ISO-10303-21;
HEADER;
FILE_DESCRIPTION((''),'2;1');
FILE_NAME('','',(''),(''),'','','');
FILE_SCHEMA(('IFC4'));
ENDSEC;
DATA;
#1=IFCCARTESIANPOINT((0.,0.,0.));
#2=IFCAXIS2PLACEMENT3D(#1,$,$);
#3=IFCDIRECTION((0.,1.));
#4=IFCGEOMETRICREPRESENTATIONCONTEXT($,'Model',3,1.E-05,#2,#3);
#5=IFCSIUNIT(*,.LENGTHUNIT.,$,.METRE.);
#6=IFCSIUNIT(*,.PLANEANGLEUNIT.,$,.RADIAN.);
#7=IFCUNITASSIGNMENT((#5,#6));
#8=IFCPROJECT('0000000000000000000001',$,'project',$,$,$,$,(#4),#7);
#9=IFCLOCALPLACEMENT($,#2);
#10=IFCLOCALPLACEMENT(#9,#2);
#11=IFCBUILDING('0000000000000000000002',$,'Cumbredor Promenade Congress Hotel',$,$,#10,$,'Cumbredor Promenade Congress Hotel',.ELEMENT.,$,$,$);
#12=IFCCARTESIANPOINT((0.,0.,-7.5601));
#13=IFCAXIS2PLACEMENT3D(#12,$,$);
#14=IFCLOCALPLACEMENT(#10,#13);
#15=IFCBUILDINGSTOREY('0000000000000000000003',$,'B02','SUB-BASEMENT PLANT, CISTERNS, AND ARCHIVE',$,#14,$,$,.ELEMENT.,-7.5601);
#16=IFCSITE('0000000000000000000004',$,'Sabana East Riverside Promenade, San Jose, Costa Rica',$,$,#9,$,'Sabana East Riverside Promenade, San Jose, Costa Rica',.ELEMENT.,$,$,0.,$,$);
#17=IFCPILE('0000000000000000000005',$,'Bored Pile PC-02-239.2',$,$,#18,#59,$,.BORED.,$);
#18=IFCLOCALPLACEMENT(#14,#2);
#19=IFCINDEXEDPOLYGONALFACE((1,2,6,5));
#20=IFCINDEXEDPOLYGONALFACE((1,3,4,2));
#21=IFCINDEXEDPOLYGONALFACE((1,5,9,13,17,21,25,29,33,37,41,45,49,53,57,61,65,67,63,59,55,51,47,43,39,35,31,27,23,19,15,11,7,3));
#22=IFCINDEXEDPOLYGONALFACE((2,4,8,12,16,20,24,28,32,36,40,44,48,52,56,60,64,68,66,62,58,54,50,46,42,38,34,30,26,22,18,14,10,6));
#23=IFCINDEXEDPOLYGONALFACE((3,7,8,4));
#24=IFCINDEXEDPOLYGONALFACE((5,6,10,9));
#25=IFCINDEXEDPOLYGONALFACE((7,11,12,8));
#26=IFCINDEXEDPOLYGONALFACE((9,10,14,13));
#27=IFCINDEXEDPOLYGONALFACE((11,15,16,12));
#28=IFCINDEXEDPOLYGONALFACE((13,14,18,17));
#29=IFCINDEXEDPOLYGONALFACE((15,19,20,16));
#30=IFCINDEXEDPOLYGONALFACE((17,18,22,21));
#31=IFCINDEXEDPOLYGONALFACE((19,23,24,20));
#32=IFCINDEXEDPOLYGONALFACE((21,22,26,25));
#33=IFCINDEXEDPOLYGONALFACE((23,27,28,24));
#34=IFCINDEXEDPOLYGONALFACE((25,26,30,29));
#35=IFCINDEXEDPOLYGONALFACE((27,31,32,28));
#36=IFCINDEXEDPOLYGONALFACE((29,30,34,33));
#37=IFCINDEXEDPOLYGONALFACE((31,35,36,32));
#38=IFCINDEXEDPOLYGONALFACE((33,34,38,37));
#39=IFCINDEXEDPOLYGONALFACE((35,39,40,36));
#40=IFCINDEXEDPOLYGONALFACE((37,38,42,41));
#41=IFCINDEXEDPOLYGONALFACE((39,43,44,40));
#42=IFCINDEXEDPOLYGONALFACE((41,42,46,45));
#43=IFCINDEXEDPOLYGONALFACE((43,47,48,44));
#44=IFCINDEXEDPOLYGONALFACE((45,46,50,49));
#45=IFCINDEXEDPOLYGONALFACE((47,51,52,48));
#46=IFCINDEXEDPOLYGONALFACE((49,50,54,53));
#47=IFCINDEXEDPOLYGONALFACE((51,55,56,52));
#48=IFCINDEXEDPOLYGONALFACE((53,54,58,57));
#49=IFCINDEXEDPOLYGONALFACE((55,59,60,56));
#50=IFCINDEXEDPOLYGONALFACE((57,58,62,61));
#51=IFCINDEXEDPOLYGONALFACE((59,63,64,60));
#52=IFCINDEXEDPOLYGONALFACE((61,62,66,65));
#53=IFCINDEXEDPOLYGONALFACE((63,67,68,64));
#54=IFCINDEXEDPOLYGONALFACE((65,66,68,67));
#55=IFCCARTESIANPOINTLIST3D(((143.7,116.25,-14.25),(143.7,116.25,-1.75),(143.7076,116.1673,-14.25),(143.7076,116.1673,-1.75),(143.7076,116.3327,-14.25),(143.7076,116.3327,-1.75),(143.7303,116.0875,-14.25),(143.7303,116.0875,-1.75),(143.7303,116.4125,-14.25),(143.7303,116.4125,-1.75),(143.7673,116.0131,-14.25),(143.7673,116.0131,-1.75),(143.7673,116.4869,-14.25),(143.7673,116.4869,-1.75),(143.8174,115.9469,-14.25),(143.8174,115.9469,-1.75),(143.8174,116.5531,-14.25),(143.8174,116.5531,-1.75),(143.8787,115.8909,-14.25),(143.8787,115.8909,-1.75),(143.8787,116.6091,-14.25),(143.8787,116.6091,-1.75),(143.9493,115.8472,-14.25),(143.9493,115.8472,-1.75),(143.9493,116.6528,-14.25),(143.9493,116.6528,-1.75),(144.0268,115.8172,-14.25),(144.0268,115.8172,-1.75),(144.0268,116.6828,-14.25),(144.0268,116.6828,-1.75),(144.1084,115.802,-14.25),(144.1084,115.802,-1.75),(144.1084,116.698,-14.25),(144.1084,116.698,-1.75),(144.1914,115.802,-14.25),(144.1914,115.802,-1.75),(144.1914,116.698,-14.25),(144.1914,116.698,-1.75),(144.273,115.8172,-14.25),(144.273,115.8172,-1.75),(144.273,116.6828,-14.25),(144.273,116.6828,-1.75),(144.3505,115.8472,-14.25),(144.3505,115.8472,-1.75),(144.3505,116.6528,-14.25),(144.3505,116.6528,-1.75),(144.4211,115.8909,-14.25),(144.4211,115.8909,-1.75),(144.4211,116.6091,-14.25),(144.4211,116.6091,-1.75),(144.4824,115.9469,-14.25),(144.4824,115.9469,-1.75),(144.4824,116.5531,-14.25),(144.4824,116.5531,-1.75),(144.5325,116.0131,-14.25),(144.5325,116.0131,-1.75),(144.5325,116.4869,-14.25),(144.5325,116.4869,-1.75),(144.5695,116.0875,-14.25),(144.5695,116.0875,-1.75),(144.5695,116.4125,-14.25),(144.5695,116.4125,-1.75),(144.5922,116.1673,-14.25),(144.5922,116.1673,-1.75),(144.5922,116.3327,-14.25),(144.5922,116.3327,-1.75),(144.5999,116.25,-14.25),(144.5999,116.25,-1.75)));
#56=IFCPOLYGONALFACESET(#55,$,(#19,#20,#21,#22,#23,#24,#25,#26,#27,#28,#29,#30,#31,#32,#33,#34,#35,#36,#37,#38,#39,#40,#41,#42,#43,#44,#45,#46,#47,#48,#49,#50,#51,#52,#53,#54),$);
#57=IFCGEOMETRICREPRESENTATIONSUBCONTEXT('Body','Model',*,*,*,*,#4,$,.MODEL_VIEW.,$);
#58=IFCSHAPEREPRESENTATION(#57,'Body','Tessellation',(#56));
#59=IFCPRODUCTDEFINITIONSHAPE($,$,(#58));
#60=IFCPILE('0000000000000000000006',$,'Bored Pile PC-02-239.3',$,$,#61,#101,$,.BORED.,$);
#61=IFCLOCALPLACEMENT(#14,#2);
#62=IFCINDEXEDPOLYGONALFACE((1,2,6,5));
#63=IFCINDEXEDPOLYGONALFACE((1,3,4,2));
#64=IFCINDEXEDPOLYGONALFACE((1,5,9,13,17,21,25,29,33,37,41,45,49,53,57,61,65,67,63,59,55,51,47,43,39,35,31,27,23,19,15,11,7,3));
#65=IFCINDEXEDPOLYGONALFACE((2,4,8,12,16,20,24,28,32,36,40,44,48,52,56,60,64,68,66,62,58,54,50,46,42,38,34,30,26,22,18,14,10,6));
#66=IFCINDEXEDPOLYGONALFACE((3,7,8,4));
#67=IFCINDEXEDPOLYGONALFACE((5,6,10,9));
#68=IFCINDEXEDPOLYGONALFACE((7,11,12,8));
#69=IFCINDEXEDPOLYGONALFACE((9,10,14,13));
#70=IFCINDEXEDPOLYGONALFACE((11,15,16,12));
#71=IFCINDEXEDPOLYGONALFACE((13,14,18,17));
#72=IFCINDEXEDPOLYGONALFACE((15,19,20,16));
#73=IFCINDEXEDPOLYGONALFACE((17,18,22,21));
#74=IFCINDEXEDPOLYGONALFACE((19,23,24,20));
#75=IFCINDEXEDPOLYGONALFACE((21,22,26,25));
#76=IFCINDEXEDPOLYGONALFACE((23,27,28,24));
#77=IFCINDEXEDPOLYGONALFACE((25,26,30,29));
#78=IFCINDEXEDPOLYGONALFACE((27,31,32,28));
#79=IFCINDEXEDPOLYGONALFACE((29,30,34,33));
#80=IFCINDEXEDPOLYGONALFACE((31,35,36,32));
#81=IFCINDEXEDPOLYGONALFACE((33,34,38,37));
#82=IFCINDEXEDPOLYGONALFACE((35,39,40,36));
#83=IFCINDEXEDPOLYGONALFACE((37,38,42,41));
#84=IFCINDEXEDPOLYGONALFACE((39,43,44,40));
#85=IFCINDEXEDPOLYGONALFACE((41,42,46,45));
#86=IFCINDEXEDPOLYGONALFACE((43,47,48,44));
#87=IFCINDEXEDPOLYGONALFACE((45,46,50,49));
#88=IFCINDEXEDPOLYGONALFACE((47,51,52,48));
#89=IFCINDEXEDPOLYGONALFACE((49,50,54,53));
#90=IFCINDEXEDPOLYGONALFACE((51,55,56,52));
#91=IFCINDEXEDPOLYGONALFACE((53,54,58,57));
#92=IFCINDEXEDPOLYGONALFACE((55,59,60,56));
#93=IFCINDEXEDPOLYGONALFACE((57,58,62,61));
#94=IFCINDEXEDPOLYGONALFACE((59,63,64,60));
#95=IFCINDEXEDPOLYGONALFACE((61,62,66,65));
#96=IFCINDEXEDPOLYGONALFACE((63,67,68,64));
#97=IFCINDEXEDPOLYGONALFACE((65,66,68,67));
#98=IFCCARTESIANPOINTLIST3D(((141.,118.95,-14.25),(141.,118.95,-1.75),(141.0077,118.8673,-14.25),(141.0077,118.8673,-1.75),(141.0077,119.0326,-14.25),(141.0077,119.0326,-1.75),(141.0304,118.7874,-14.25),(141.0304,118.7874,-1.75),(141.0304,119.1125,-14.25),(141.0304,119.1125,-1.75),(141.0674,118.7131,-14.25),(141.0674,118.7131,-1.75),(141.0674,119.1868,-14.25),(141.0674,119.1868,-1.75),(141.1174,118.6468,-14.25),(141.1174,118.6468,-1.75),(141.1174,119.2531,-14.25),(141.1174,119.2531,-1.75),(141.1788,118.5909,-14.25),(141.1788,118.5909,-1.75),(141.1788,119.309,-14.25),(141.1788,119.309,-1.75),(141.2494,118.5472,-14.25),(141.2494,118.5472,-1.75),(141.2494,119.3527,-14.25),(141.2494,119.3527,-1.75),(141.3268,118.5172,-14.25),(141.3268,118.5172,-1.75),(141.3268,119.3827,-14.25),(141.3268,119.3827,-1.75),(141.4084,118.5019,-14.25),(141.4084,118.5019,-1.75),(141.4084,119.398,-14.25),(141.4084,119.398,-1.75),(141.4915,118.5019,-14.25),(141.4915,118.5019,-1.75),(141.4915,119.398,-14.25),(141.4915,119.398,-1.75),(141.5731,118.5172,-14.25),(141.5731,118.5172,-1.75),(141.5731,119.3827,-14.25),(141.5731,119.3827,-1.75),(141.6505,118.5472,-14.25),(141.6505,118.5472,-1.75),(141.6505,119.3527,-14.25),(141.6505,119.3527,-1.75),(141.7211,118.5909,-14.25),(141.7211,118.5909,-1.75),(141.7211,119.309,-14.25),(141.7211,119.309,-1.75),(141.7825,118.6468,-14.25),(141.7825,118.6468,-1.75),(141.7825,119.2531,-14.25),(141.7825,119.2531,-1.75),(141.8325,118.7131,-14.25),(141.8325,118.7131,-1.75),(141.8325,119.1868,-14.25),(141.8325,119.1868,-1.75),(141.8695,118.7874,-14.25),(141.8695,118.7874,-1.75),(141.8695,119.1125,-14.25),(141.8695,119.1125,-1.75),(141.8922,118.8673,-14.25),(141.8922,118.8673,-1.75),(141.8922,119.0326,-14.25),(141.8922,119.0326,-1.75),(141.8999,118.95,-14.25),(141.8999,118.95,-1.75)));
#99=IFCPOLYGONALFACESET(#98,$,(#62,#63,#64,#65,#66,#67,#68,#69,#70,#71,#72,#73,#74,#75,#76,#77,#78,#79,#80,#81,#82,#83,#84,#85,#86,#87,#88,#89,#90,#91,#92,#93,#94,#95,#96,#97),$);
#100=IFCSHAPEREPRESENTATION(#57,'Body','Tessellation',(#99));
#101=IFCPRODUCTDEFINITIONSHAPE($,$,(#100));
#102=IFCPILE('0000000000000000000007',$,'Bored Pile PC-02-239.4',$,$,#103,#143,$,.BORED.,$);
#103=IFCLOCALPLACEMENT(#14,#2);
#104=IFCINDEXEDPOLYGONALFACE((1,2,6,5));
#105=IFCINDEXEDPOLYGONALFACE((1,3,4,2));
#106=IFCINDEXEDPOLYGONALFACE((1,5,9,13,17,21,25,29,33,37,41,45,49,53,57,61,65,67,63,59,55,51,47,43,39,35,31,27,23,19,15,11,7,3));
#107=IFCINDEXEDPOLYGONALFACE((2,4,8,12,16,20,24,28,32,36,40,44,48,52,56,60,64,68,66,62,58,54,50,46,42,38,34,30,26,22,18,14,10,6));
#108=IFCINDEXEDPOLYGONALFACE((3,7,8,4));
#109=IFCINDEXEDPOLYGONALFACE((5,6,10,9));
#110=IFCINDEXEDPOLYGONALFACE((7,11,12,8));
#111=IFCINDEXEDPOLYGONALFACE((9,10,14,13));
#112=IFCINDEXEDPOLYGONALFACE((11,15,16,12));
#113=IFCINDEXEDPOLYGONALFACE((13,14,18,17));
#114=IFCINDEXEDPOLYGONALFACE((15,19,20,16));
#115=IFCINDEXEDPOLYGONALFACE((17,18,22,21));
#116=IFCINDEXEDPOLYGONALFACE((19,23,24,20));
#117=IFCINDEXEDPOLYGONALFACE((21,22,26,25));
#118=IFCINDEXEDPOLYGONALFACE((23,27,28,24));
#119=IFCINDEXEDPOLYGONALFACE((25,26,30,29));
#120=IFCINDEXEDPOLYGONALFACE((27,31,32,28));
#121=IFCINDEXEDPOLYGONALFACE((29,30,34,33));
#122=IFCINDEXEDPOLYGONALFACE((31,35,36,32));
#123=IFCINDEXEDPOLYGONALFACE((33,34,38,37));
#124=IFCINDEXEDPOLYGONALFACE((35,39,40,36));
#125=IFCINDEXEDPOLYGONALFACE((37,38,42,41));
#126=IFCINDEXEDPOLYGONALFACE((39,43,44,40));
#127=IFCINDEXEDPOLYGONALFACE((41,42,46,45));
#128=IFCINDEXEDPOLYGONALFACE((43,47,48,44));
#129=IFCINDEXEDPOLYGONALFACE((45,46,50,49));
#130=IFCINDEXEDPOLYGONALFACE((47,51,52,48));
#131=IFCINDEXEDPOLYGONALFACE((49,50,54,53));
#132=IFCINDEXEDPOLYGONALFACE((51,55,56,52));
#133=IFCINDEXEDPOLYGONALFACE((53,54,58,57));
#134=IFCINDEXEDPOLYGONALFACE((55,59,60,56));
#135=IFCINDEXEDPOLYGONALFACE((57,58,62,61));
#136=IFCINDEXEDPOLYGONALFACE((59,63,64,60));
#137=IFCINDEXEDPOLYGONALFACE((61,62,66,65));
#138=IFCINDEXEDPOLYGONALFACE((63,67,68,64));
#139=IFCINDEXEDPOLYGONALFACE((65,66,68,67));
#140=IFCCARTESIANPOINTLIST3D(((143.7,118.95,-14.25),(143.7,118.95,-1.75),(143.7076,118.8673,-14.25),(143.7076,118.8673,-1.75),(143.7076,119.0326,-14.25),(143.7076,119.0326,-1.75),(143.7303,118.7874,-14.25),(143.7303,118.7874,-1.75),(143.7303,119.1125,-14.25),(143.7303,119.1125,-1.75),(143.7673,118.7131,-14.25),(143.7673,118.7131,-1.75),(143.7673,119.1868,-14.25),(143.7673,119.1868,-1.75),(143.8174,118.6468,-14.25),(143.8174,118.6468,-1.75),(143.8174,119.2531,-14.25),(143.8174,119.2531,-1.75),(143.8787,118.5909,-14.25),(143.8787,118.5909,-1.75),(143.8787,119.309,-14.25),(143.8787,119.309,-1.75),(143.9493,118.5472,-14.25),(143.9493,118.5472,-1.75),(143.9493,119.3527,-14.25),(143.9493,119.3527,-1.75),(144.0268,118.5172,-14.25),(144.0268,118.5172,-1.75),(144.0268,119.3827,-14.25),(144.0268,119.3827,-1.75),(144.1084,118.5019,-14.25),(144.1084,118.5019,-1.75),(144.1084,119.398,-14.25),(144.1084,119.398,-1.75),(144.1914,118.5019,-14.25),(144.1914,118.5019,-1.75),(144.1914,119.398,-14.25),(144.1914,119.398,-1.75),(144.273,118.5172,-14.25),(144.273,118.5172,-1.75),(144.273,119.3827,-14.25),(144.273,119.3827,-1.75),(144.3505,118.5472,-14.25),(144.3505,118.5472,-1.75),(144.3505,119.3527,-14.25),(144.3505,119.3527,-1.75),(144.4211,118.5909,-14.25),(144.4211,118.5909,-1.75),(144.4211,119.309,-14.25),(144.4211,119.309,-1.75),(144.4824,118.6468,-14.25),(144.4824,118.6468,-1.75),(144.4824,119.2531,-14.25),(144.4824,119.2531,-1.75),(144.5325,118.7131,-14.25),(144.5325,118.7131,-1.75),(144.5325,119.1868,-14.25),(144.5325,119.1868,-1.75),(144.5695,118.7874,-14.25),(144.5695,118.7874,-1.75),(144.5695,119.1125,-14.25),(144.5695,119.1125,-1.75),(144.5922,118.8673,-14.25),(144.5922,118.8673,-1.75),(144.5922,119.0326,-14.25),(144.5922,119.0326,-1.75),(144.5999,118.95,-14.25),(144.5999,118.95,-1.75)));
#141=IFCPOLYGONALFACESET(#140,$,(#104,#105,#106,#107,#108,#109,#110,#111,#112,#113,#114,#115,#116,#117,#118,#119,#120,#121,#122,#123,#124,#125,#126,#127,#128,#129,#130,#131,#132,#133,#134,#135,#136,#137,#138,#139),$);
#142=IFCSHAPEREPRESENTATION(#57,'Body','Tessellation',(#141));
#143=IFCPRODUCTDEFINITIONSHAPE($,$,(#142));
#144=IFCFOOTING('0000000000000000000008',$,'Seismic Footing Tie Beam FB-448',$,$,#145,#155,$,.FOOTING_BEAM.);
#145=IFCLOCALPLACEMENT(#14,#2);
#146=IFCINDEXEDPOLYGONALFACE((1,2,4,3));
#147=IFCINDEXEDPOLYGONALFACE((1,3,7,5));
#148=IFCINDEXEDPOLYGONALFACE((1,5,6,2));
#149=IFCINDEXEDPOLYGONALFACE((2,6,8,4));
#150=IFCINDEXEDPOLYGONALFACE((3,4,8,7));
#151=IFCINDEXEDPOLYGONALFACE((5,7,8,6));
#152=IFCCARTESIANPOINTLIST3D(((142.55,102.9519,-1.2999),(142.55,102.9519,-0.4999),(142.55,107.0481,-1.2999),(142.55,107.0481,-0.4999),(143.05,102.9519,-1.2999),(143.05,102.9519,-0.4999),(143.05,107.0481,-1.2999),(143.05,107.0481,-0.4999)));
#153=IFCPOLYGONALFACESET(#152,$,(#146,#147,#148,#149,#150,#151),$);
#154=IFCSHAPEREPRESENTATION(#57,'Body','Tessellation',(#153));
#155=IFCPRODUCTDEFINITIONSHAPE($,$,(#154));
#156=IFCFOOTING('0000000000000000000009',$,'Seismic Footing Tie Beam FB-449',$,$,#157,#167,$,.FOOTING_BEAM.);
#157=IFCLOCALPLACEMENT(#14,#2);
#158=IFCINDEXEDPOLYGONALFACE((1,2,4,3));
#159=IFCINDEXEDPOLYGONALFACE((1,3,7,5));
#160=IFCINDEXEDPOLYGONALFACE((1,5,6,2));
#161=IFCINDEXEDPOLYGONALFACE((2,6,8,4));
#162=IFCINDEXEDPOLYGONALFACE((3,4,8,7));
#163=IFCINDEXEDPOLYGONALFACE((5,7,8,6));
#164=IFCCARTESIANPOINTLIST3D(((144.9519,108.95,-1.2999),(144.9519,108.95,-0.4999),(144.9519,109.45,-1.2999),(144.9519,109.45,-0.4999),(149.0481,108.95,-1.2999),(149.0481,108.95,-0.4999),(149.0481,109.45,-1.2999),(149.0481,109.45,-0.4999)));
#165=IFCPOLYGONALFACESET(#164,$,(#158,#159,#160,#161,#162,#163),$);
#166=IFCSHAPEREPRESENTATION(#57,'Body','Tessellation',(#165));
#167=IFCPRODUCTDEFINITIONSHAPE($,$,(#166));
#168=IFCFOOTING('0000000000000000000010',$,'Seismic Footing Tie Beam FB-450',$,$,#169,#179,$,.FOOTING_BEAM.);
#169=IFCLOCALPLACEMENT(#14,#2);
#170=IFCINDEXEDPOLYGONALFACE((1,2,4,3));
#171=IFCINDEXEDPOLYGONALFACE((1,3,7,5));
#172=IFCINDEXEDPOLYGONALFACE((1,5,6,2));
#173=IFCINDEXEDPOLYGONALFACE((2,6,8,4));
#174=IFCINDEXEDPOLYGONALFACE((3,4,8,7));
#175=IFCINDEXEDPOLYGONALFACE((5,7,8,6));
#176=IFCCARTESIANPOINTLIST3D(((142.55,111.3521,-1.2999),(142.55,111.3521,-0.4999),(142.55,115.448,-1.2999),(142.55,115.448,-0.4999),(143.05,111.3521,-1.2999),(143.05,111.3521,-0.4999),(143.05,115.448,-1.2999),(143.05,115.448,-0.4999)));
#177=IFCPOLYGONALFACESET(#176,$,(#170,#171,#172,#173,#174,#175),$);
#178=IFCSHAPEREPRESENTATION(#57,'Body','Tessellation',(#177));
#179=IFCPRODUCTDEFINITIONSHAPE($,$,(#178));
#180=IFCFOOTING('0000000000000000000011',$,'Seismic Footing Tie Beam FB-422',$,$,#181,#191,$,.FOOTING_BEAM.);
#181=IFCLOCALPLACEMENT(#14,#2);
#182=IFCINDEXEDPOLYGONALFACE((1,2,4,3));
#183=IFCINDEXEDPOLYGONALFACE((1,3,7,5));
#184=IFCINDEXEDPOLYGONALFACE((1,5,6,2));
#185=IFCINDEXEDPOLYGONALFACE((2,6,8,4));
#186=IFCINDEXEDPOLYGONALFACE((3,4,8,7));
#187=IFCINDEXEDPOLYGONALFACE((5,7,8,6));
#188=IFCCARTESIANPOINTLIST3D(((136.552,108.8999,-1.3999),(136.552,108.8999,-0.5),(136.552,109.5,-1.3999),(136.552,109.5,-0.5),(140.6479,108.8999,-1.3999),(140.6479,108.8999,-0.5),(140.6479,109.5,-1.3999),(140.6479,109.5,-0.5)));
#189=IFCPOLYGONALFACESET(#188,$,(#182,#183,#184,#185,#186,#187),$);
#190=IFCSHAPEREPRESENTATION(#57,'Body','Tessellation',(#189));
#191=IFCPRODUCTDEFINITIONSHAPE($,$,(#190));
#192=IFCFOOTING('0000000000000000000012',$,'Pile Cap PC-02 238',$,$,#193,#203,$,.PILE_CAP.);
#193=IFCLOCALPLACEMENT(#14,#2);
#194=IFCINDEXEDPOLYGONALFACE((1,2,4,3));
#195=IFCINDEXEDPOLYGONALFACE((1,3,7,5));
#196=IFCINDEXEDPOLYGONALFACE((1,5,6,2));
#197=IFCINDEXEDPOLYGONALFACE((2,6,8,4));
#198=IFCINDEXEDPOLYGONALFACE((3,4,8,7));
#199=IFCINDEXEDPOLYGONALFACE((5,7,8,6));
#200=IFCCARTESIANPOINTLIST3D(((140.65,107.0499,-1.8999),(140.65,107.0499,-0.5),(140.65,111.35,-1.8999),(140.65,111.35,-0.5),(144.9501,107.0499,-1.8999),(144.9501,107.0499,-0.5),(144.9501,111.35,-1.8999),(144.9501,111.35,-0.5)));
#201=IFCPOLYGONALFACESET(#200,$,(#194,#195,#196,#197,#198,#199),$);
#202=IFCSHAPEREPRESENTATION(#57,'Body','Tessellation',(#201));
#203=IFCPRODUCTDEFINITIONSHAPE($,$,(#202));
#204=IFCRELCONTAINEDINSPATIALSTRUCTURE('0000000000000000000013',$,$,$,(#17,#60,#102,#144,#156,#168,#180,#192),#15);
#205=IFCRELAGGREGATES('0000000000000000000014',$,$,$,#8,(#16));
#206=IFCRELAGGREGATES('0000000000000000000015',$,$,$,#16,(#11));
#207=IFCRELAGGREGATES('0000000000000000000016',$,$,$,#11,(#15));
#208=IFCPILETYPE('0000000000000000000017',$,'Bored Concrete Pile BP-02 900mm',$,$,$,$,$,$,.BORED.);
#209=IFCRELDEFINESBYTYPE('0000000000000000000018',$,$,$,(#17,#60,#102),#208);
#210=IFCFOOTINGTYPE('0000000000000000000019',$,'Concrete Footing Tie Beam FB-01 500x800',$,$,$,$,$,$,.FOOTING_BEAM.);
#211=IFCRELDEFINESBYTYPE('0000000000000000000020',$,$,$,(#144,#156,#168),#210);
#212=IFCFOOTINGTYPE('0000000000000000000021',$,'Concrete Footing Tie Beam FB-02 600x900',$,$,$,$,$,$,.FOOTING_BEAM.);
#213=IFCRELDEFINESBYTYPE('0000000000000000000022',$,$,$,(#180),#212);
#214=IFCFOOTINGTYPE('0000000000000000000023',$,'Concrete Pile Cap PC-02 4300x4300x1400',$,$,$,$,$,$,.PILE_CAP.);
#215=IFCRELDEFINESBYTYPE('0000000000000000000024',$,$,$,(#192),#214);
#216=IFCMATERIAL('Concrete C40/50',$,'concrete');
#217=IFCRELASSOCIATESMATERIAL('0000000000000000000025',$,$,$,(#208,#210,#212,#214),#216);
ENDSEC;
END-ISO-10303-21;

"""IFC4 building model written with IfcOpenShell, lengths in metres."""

from ifc_helpers import new_model, si_unit, direction, frame, origin, origin_2d, place, context, subcontext, project, spatial, rectangle, circle, extrude, material, material_profile, profile_set, type_object, element, save


model = new_model("IFC4")

# Units and contexts
model_context = context("Model", 3, precision=1e-05, world=origin(), true_north=direction((0.0, 1.0)))
body_context = subcontext(model_context, "Body", "Model", "MODEL_VIEW")
ifc_project = project(units=[si_unit("LENGTHUNIT", "METRE"), si_unit("PLANEANGLEUNIT", "RADIAN")], contexts=[model_context])

# Site, building, storey
site_placement = place(None, origin())
site = spatial("IfcSite", under=ifc_project, at=site_placement, Name="Sabana East Riverside Promenade, San Jose, Costa Rica", LongName="Sabana East Riverside Promenade, San Jose, Costa Rica", CompositionType="ELEMENT", RefElevation=0.0)
building_placement = place(site_placement, origin())
building = spatial("IfcBuilding", under=site, at=building_placement, Name="Cumbredor Promenade Congress Hotel", LongName="Cumbredor Promenade Congress Hotel", CompositionType="ELEMENT")
storey_placement = place(building_placement, frame((0.0, 0.0, -7.5601)))
storey = spatial("IfcBuildingStorey", under=building, at=storey_placement, Name="B02", Description="SUB-BASEMENT PLANT, CISTERNS, AND ARCHIVE", CompositionType="ELEMENT", Elevation=-7.5601)

# Piles
ifc_material_1 = material(Name="Concrete C40/50", Category="concrete")
ifc_material_profile_1 = material_profile(ifc_material_1, circle(Radius=0.45, at=origin_2d()), Name="PILE D900")
ifc_profile_set_1 = profile_set([ifc_material_profile_1], Name="Concrete C40/50")
pile_type = type_object("IfcPileType", Name="Bored Concrete Pile BP-02 900mm", PredefinedType="BORED", material=ifc_profile_set_1)
for number, where, z_axis, x_axis, name in (
    (1, (144.1499, 116.25, -1.75), (0.0, 0.0, -1.0), (1.0, 0.0, 0.0), "Bored Pile PC-02-239.2"),
    (2, (141.45, 118.95, -1.75), (0.0, 0.0, -1.0), (1.0, 0.0, 0.0), "Bored Pile PC-02-239.3"),
    (3, (144.1499, 118.95, -1.75), (0.0, 0.0, -1.0), (1.0, 0.0, 0.0), "Bored Pile PC-02-239.4"),
):
    element("IfcPile", number, at=place(storey_placement, frame(where, z_axis=z_axis, x_axis=x_axis)), inside=storey, type_object=pile_type, Name=name, PredefinedType="BORED", context=body_context, shape_type="SweptSolid", body=[
        extrude(circle(Radius=0.45, at=origin_2d()), origin(), (0.0, 0.0, 1.0), 12.5),
    ])

# Footings
ifc_material_profile_2 = material_profile(ifc_material_1, rectangle(XDim=0.5, YDim=0.8, at=origin_2d()), Name="FB 500x800")
ifc_profile_set_2 = profile_set([ifc_material_profile_2], Name="Concrete C40/50")
footing_type_1 = type_object("IfcFootingType", Name="Concrete Footing Tie Beam FB-01 500x800", PredefinedType="FOOTING_BEAM", material=ifc_profile_set_2)
for number, where, z_axis, x_axis, name in (
    (4, (142.8, 102.9519, -0.8999), (0.0, 1.0, 0.0), (-1.0, 0.0, 0.0), "Seismic Footing Tie Beam FB-448"),
    (5, (144.9519, 109.2, -0.8999), (1.0, 0.0, 0.0), (0.0, 1.0, 0.0), "Seismic Footing Tie Beam FB-449"),
):
    element("IfcFooting", number, at=place(storey_placement, frame(where, z_axis=z_axis, x_axis=x_axis)), inside=storey, type_object=footing_type_1, Name=name, PredefinedType="FOOTING_BEAM", context=body_context, shape_type="SweptSolid", body=[
        extrude(rectangle(XDim=0.5, YDim=0.8, at=origin_2d()), origin(), (0.0, 0.0, 1.0), 4.0962),
    ])
footing_1_placement = place(storey_placement, frame((142.8, 111.3521, -0.8999), z_axis=(0.0, 1.0, 0.0), x_axis=(-1.0, 0.0, 0.0)))
element("IfcFooting", 6, at=footing_1_placement, inside=storey, type_object=footing_type_1, Name="Seismic Footing Tie Beam FB-450", PredefinedType="FOOTING_BEAM", context=body_context, shape_type="SweptSolid", body=[
    extrude(rectangle(XDim=0.5, YDim=0.8, at=origin_2d()), origin(), (0.0, 0.0, 1.0), 4.0959),
])
ifc_material_profile_3 = material_profile(ifc_material_1, rectangle(XDim=0.6001, YDim=0.8999, at=origin_2d()), Name="FB 600x900")
ifc_profile_set_3 = profile_set([ifc_material_profile_3], Name="Concrete C40/50")
footing_type_2 = type_object("IfcFootingType", Name="Concrete Footing Tie Beam FB-02 600x900", PredefinedType="FOOTING_BEAM", material=ifc_profile_set_3)
footing_2_placement = place(storey_placement, frame((136.552, 109.2, -0.95), z_axis=(1.0, 0.0, 0.0), x_axis=(0.0, 1.0, 0.0)))
element("IfcFooting", 7, at=footing_2_placement, inside=storey, type_object=footing_type_2, Name="Seismic Footing Tie Beam FB-422", PredefinedType="FOOTING_BEAM", context=body_context, shape_type="SweptSolid", body=[
    extrude(rectangle(XDim=0.6001, YDim=0.8999, at=origin_2d()), origin(), (0.0, 0.0, 1.0), 4.0959),
])
footing_type_3 = type_object("IfcFootingType", Name="Concrete Pile Cap PC-02 4300x4300x1400", PredefinedType="PILE_CAP", material=ifc_material_1)
for number, where, z_axis, x_axis, name in (
    (8, (142.8, 109.2, -1.8999), (0.0, 0.0, 1.0), (1.0, 0.0, 0.0), "Pile Cap PC-02 238"),
):
    element("IfcFooting", number, at=place(storey_placement, frame(where, z_axis=z_axis, x_axis=x_axis)), inside=storey, type_object=footing_type_3, Name=name, PredefinedType="PILE_CAP", context=body_context, shape_type="SweptSolid", body=[
        extrude(rectangle(XDim=4.3, YDim=4.3, at=origin_2d()), origin(), (0.0, 0.0, 1.0), 1.3999),
    ])

save(model, "model.ifc")
